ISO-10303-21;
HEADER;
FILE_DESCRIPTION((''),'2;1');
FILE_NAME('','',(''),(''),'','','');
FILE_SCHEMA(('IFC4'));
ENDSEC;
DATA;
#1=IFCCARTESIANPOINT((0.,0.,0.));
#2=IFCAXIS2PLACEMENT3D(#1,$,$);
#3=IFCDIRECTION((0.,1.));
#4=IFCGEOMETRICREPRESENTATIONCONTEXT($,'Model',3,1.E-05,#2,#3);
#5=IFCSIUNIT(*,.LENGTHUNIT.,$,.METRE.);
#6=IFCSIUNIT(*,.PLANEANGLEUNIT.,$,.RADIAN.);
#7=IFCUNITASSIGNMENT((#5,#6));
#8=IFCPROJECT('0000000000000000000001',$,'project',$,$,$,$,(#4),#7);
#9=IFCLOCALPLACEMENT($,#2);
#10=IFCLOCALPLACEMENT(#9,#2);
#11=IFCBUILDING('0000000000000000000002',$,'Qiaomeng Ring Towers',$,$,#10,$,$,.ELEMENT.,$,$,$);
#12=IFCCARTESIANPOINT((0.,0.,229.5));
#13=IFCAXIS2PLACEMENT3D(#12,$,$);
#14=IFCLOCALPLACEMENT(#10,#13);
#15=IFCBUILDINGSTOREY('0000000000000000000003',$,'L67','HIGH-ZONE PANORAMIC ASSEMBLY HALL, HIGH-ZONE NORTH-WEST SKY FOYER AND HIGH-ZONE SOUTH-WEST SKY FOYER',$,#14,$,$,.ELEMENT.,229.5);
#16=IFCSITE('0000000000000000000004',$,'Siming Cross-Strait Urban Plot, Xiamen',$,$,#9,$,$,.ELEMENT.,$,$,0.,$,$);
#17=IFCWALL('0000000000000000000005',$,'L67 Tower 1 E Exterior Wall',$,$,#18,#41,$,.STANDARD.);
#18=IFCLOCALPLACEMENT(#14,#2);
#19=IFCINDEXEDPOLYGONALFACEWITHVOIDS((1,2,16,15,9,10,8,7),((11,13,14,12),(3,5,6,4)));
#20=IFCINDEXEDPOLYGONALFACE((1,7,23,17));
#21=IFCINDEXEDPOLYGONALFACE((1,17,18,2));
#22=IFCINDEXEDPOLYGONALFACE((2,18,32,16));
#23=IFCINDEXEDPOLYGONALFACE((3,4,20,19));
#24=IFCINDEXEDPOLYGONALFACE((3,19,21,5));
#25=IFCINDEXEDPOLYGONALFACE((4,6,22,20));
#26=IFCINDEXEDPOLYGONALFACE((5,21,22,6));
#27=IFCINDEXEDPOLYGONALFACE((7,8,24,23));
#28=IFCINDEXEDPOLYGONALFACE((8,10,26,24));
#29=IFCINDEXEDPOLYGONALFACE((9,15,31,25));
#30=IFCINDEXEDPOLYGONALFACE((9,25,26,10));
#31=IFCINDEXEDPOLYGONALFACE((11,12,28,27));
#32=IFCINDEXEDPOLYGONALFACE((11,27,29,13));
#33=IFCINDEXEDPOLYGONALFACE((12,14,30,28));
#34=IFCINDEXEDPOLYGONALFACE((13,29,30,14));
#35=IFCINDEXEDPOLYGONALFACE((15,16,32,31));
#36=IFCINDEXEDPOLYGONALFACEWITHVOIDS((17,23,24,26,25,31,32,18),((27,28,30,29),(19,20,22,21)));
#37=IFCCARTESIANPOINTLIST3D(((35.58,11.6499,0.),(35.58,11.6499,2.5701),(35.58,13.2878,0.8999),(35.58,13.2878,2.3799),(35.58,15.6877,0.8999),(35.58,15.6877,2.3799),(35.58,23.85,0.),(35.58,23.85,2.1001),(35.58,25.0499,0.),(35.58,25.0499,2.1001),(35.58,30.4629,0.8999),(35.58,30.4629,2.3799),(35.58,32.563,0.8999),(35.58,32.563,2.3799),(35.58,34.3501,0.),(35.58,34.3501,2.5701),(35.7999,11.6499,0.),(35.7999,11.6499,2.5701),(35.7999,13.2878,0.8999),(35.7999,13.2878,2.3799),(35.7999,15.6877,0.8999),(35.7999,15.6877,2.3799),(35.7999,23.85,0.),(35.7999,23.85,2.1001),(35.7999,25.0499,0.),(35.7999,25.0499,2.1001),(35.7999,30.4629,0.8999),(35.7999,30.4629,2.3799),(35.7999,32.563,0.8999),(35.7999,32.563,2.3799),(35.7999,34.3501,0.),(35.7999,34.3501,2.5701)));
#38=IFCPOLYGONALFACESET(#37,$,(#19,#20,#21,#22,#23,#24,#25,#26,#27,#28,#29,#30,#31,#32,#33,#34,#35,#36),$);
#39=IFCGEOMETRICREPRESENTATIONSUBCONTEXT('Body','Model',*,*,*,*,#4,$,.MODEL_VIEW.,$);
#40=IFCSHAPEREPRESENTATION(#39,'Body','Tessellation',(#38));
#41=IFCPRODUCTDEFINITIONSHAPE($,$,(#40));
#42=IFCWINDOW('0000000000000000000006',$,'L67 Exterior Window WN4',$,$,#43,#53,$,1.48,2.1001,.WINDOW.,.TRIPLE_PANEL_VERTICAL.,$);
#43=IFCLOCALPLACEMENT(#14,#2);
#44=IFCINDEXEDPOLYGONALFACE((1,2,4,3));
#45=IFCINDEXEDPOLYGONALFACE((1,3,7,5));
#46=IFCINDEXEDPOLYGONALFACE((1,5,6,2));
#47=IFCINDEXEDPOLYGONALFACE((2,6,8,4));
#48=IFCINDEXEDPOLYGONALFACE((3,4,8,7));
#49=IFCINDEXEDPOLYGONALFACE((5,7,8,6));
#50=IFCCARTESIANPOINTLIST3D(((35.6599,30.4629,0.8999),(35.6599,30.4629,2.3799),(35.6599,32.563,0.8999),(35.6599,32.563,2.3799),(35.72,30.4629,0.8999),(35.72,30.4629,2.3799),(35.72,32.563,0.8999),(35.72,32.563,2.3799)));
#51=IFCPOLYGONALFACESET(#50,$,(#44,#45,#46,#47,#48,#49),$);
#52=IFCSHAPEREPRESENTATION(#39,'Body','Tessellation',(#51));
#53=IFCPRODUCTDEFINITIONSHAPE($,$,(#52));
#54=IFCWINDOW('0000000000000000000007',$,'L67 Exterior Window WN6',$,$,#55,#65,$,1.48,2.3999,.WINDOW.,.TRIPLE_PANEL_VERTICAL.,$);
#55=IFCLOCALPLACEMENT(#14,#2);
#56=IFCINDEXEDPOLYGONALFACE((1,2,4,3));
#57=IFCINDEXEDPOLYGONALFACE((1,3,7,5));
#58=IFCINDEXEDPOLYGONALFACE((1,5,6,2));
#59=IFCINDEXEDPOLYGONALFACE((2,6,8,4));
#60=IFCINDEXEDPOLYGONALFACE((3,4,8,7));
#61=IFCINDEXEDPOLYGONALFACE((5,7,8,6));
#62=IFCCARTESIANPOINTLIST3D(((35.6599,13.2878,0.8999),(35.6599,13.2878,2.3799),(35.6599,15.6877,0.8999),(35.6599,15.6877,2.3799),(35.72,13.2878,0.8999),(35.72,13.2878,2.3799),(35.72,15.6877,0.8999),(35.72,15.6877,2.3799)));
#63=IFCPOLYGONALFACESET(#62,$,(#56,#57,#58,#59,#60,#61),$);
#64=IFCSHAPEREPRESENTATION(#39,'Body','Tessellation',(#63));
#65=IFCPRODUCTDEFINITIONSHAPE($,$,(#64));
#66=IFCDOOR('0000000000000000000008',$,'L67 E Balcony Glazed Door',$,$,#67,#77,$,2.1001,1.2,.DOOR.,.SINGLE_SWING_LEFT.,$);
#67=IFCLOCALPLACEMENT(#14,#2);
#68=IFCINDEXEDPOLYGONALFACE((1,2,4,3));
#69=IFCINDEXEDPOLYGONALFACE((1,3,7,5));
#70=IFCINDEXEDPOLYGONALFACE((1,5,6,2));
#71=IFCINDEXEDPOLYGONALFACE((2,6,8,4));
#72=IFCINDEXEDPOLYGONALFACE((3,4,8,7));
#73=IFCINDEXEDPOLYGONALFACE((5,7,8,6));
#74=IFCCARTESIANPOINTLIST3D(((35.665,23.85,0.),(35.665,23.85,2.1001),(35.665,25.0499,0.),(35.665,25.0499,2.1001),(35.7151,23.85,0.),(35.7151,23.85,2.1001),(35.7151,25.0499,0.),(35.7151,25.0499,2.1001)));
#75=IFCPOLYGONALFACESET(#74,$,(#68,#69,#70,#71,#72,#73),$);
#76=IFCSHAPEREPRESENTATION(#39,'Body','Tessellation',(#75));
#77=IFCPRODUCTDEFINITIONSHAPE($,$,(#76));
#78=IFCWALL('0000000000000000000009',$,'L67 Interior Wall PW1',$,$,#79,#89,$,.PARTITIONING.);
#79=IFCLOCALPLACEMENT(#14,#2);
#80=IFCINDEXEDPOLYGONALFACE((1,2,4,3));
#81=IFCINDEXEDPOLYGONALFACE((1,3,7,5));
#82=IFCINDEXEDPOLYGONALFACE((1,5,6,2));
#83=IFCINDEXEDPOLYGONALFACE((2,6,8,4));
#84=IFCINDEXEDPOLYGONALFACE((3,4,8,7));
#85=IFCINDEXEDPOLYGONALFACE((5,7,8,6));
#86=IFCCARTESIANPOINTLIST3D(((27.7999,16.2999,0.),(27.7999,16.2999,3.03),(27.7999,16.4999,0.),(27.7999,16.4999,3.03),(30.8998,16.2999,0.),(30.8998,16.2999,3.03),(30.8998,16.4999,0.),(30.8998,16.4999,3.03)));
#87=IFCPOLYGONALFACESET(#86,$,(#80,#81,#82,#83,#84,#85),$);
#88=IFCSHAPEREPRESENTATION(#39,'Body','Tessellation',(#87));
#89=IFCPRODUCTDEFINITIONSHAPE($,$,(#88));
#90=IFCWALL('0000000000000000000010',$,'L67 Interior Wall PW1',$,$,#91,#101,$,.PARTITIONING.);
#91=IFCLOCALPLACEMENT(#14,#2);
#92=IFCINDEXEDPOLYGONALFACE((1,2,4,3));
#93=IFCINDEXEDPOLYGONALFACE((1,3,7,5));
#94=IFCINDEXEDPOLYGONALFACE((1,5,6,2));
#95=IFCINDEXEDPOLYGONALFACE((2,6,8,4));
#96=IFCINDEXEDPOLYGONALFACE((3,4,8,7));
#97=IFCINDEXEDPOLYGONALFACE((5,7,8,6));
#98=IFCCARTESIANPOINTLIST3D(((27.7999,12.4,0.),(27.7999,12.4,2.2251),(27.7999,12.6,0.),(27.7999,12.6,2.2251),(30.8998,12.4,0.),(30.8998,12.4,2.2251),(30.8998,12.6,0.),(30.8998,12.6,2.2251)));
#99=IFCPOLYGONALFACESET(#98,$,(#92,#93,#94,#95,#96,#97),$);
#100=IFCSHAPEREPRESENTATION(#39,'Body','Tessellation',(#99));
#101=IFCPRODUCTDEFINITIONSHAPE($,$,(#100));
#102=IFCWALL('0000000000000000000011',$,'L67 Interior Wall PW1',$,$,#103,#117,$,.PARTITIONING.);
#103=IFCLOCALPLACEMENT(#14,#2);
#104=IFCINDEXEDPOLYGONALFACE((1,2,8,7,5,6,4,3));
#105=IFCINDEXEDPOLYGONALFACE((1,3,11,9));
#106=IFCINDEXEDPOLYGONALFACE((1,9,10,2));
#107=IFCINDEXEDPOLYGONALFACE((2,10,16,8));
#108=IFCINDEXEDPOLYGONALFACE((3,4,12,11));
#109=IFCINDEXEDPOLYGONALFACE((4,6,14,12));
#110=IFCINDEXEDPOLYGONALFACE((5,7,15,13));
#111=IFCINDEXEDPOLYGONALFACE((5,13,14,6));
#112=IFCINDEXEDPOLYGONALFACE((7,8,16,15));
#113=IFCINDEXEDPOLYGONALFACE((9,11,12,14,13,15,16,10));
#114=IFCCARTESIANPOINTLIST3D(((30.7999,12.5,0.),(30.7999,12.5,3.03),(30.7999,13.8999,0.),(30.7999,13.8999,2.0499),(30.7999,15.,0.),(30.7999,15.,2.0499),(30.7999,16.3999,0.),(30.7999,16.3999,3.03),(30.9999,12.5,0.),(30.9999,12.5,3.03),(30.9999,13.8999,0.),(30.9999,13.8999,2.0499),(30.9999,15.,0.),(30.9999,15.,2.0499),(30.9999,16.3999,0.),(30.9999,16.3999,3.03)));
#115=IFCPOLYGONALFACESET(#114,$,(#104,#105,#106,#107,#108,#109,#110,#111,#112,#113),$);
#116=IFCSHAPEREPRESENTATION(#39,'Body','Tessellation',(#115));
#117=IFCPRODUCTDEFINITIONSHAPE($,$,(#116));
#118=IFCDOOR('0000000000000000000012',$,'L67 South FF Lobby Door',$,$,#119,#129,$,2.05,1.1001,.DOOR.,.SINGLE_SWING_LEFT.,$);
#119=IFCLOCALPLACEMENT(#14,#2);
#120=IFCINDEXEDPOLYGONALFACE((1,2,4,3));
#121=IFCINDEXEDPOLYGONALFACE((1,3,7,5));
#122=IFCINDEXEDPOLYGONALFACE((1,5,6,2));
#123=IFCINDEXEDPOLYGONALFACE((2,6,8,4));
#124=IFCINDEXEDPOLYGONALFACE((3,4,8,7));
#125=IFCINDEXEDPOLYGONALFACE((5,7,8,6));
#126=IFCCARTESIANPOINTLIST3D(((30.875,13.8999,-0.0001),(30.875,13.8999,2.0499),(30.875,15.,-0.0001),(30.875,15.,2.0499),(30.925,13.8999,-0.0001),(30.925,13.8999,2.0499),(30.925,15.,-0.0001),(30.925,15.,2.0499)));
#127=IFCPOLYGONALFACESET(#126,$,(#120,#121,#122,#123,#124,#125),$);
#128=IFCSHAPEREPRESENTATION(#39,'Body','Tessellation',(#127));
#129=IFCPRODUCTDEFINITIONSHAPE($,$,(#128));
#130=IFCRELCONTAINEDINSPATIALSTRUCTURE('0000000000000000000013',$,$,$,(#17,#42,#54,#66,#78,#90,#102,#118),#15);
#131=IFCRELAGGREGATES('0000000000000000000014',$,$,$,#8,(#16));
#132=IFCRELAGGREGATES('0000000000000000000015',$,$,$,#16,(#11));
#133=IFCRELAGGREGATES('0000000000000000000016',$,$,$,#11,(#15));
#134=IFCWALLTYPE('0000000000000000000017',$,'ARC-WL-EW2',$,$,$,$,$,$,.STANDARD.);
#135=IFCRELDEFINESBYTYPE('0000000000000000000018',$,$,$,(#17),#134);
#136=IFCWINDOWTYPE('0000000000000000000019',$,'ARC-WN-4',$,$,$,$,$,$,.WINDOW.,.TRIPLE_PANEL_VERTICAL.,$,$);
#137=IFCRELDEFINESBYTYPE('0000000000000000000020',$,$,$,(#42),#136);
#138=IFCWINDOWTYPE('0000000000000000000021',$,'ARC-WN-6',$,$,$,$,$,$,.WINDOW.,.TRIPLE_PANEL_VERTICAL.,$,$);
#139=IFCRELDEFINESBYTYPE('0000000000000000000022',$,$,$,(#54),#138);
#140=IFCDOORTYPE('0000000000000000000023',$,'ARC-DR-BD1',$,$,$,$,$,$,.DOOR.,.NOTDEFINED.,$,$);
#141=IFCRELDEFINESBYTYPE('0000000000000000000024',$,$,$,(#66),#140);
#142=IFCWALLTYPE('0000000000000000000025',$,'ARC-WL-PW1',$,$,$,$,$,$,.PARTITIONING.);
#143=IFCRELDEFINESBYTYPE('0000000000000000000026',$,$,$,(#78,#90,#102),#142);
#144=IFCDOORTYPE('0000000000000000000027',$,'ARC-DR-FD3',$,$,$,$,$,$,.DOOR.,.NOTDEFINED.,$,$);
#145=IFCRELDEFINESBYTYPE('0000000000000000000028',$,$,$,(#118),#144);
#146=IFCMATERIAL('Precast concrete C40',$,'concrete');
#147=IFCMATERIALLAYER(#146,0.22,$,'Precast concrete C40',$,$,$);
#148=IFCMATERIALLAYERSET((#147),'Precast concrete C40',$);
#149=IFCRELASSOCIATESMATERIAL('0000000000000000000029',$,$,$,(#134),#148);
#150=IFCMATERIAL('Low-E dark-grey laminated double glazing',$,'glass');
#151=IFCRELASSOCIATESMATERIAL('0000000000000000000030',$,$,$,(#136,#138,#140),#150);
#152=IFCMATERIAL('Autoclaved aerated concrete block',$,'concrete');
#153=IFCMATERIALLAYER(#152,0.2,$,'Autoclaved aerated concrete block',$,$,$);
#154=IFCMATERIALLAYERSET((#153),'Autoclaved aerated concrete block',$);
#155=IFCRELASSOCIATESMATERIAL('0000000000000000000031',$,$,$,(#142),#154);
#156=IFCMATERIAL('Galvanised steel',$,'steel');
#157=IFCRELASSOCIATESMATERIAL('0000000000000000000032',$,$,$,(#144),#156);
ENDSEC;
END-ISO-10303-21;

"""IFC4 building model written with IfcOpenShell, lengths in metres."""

from ifc_helpers import new_model, si_unit, direction, frame, frame_2d, origin, place, context, subcontext, project, spatial, rectangle, extrude, source, transform, mapped, material, layer, layer_set, type_object, element, fill, save


model = new_model("IFC4")

# Units and contexts
model_context = context("Model", 3, precision=1e-05, world=origin(), true_north=direction((0.0, 1.0)))
body_context = subcontext(model_context, "Body", "Model", "MODEL_VIEW")
ifc_project = project(units=[si_unit("LENGTHUNIT", "METRE"), si_unit("PLANEANGLEUNIT", "RADIAN")], contexts=[model_context])

# Site, building, storey
site_placement = place(None, origin())
site = spatial("IfcSite", under=ifc_project, at=site_placement, Name="Siming Cross-Strait Urban Plot, Xiamen", CompositionType="ELEMENT", RefElevation=0.0)
building_placement = place(site_placement, origin())
building = spatial("IfcBuilding", under=site, at=building_placement, Name="Qiaomeng Ring Towers", CompositionType="ELEMENT")
storey_placement = place(building_placement, frame((0.0, 0.0, 229.5)))
storey = spatial("IfcBuildingStorey", under=building, at=storey_placement, Name="L67", Description="HIGH-ZONE PANORAMIC ASSEMBLY HALL, HIGH-ZONE NORTH-WEST SKY FOYER AND HIGH-ZONE SOUTH-WEST SKY FOYER", CompositionType="ELEMENT", Elevation=229.5)

# Wall, openings, windows, door
ifc_material_1 = material(Name="Precast concrete C40", Category="concrete")
ifc_layer_1 = layer(ifc_material_1, 0.22, Name="Precast concrete C40")
ifc_layer_set_1 = layer_set([ifc_layer_1], Name="Precast concrete C40")
wall_type_1 = type_object("IfcWallType", Name="ARC-WL-EW2", PredefinedType="STANDARD", material=ifc_layer_set_1)
wall_1_placement = place(storey_placement, frame((35.6899, 11.6499, 0.0), z_axis=(0.0, 0.0, 1.0), x_axis=(0.0, 1.0, 0.0)))
wall_1 = element("IfcWall", 1, at=wall_1_placement, inside=storey, type_object=wall_type_1, Name="L67 Tower 1 E Exterior Wall", PredefinedType="STANDARD", context=body_context, shape_type="SweptSolid", body=[
    extrude(rectangle(XDim=22.7002, YDim=0.22, at=frame_2d((11.3501, 0.0))), origin(), (0.0, 0.0, 1.0), 2.5701),
])
opening_1_placement = place(wall_1_placement, frame((12.2, 0.0, 0.0)))
opening_1 = element("IfcOpeningElement", 2, at=opening_1_placement, cuts=wall_1, PredefinedType="OPENING", context=body_context, shape_type="SweptSolid", body=[
    extrude(rectangle(XDim=1.2, YDim=2.1001, at=frame_2d((0.6001, 1.05))), frame((0.0, 0.1199, 0.0), z_axis=(0.0, -1.0, 0.0), x_axis=(1.0, 0.0, 0.0)), (0.0, 0.0, 1.0), 0.24),
])
opening_2_placement = place(wall_1_placement, frame((1.6379, 0.0, 0.8999)))
opening_2 = element("IfcOpeningElement", 3, at=opening_2_placement, cuts=wall_1, PredefinedType="OPENING", context=body_context, shape_type="SweptSolid", body=[
    extrude(rectangle(XDim=2.3999, YDim=1.48, at=frame_2d((1.2, 0.74))), frame((0.0, 0.1199, 0.0), z_axis=(0.0, -1.0, 0.0), x_axis=(1.0, 0.0, 0.0)), (0.0, 0.0, 1.0), 0.24),
])
opening_3_placement = place(wall_1_placement, frame((18.813, 0.0, 0.8999)))
opening_3 = element("IfcOpeningElement", 4, at=opening_3_placement, cuts=wall_1, PredefinedType="OPENING", context=body_context, shape_type="SweptSolid", body=[
    extrude(rectangle(XDim=2.1001, YDim=1.48, at=frame_2d((1.05, 0.74))), frame((0.0, 0.1199, 0.0), z_axis=(0.0, -1.0, 0.0), x_axis=(1.0, 0.0, 0.0)), (0.0, 0.0, 1.0), 0.24),
])
ifc_material_2 = material(Name="Low-E dark-grey laminated double glazing", Category="glass")
window_type_1 = type_object("IfcWindowType", Name="ARC-WN-4", PartitioningType="TRIPLE_PANEL_VERTICAL", PredefinedType="WINDOW", material=ifc_material_2)
shared_shape_1 = source(origin(), body_context, "Body", "SweptSolid", [
    extrude(rectangle(XDim=2.1001, YDim=1.48, at=frame_2d((1.05, 0.74))), frame((0.0, 0.03, 0.0), z_axis=(0.0, -1.0, 0.0), x_axis=(1.0, 0.0, 0.0)), (0.0, 0.0, 1.0), 0.0601),
])
window_1_placement = place(opening_3_placement, origin())
window_1 = element("IfcWindow", 5, at=window_1_placement, inside=storey, type_object=window_type_1, Name="L67 Exterior Window WN4", OverallHeight=1.48, OverallWidth=2.1001, PartitioningType="TRIPLE_PANEL_VERTICAL", PredefinedType="WINDOW", context=body_context, shape_type="MappedRepresentation", body=[
    mapped(shared_shape_1, transform((0.0, 0.0, 0.0), x_axis=(1.0, 0.0, 0.0), y_axis=(0.0, 1.0, 0.0), z_axis=(0.0, 0.0, 1.0), scale=1.0)),
])
fill(opening_3, window_1)
window_type_2 = type_object("IfcWindowType", Name="ARC-WN-6", PartitioningType="TRIPLE_PANEL_VERTICAL", PredefinedType="WINDOW", material=ifc_material_2)
shared_shape_2 = source(origin(), body_context, "Body", "SweptSolid", [
    extrude(rectangle(XDim=2.3999, YDim=1.48, at=frame_2d((1.2, 0.74))), frame((0.0, 0.03, 0.0), z_axis=(0.0, -1.0, 0.0), x_axis=(1.0, 0.0, 0.0)), (0.0, 0.0, 1.0), 0.0601),
])
window_2_placement = place(opening_2_placement, origin())
window_2 = element("IfcWindow", 6, at=window_2_placement, inside=storey, type_object=window_type_2, Name="L67 Exterior Window WN6", OverallHeight=1.48, OverallWidth=2.3999, PartitioningType="TRIPLE_PANEL_VERTICAL", PredefinedType="WINDOW", context=body_context, shape_type="MappedRepresentation", body=[
    mapped(shared_shape_2, transform((0.0, 0.0, 0.0), x_axis=(1.0, 0.0, 0.0), y_axis=(0.0, 1.0, 0.0), z_axis=(0.0, 0.0, 1.0), scale=1.0)),
])
fill(opening_2, window_2)
door_type_1 = type_object("IfcDoorType", Name="ARC-DR-BD1", OperationType="NOTDEFINED", PredefinedType="DOOR", material=ifc_material_2)
shared_shape_3 = source(origin(), body_context, "Body", "SweptSolid", [
    extrude(rectangle(XDim=1.2, YDim=2.1001, at=frame_2d((0.6001, 1.05))), frame((0.0, 0.0249, 0.0), z_axis=(0.0, -1.0, 0.0), x_axis=(1.0, 0.0, 0.0)), (0.0, 0.0, 1.0), 0.05),
])
door_1_placement = place(opening_1_placement, origin())
door_1 = element("IfcDoor", 7, at=door_1_placement, inside=storey, type_object=door_type_1, Name="L67 E Balcony Glazed Door", OperationType="SINGLE_SWING_LEFT", OverallHeight=2.1001, OverallWidth=1.2, PredefinedType="DOOR", context=body_context, shape_type="MappedRepresentation", body=[
    mapped(shared_shape_3, transform((0.0, 0.0, 0.0), x_axis=(1.0, 0.0, 0.0), y_axis=(0.0, 1.0, 0.0), z_axis=(0.0, 0.0, 1.0), scale=1.0)),
])
fill(opening_1, door_1)

# Walls
ifc_material_3 = material(Name="Autoclaved aerated concrete block", Category="concrete")
ifc_layer_2 = layer(ifc_material_3, 0.2, Name="Autoclaved aerated concrete block")
ifc_layer_set_2 = layer_set([ifc_layer_2], Name="Autoclaved aerated concrete block")
wall_type_2 = type_object("IfcWallType", Name="ARC-WL-PW1", PredefinedType="PARTITIONING", material=ifc_layer_set_2)
wall_2_placement = place(storey_placement, frame((27.8, 16.3999, 0.0), z_axis=(0.0, 0.0, 1.0), x_axis=(1.0, 0.0, 0.0)))
element("IfcWall", 8, at=wall_2_placement, inside=storey, type_object=wall_type_2, Name="L67 Interior Wall PW1", PredefinedType="PARTITIONING", context=body_context, shape_type="SweptSolid", body=[
    extrude(rectangle(XDim=3.0999, YDim=0.2, at=frame_2d((1.5498, 0.0))), origin(), (0.0, 0.0, 1.0), 3.03),
])
wall_3_placement = place(storey_placement, frame((27.8, 12.5, 0.0), z_axis=(0.0, 0.0, 1.0), x_axis=(1.0, 0.0, 0.0)))
element("IfcWall", 9, at=wall_3_placement, inside=storey, type_object=wall_type_2, Name="L67 Interior Wall PW1", PredefinedType="PARTITIONING", context=body_context, shape_type="SweptSolid", body=[
    extrude(rectangle(XDim=3.0999, YDim=0.2, at=frame_2d((1.5498, 0.0))), origin(), (0.0, 0.0, 1.0), 2.2251),
])

# Wall, opening, door
wall_4_placement = place(storey_placement, frame((30.8999, 12.5, 0.0), z_axis=(0.0, 0.0, 1.0), x_axis=(0.0, 1.0, 0.0)))
wall_4 = element("IfcWall", 10, at=wall_4_placement, inside=storey, type_object=wall_type_2, Name="L67 Interior Wall PW1", PredefinedType="PARTITIONING", context=body_context, shape_type="SweptSolid", body=[
    extrude(rectangle(XDim=3.8999, YDim=0.2, at=frame_2d((1.95, 0.0))), origin(), (0.0, 0.0, 1.0), 3.03),
])
opening_4_placement = place(wall_4_placement, frame((1.3999, 0.0, 0.0)))
opening_4 = element("IfcOpeningElement", 11, at=opening_4_placement, cuts=wall_4, PredefinedType="OPENING", context=body_context, shape_type="SweptSolid", body=[
    extrude(rectangle(XDim=1.1001, YDim=2.05, at=frame_2d((0.55, 1.0249))), frame((0.0, 0.1099, 0.0), z_axis=(0.0, -1.0, 0.0), x_axis=(1.0, 0.0, 0.0)), (0.0, 0.0, 1.0), 0.22),
])
ifc_material_4 = material(Name="Galvanised steel", Category="steel")
door_type_2 = type_object("IfcDoorType", Name="ARC-DR-FD3", OperationType="NOTDEFINED", PredefinedType="DOOR", material=ifc_material_4)
shared_shape_4 = source(origin(), body_context, "Body", "SweptSolid", [
    extrude(rectangle(XDim=1.1001, YDim=2.05, at=frame_2d((0.55, 1.0249))), frame((0.0, 0.0249, 0.0), z_axis=(0.0, -1.0, 0.0), x_axis=(1.0, 0.0, 0.0)), (0.0, 0.0, 1.0), 0.05),
])
door_2_placement = place(opening_4_placement, origin())
door_2 = element("IfcDoor", 12, at=door_2_placement, inside=storey, type_object=door_type_2, Name="L67 South FF Lobby Door", OperationType="SINGLE_SWING_LEFT", OverallHeight=2.05, OverallWidth=1.1001, PredefinedType="DOOR", context=body_context, shape_type="MappedRepresentation", body=[
    mapped(shared_shape_4, transform((0.0, 0.0, 0.0), x_axis=(1.0, 0.0, 0.0), y_axis=(0.0, 1.0, 0.0), z_axis=(0.0, 0.0, 1.0), scale=1.0)),
])
fill(opening_4, door_2)

save(model, "model.ifc")
